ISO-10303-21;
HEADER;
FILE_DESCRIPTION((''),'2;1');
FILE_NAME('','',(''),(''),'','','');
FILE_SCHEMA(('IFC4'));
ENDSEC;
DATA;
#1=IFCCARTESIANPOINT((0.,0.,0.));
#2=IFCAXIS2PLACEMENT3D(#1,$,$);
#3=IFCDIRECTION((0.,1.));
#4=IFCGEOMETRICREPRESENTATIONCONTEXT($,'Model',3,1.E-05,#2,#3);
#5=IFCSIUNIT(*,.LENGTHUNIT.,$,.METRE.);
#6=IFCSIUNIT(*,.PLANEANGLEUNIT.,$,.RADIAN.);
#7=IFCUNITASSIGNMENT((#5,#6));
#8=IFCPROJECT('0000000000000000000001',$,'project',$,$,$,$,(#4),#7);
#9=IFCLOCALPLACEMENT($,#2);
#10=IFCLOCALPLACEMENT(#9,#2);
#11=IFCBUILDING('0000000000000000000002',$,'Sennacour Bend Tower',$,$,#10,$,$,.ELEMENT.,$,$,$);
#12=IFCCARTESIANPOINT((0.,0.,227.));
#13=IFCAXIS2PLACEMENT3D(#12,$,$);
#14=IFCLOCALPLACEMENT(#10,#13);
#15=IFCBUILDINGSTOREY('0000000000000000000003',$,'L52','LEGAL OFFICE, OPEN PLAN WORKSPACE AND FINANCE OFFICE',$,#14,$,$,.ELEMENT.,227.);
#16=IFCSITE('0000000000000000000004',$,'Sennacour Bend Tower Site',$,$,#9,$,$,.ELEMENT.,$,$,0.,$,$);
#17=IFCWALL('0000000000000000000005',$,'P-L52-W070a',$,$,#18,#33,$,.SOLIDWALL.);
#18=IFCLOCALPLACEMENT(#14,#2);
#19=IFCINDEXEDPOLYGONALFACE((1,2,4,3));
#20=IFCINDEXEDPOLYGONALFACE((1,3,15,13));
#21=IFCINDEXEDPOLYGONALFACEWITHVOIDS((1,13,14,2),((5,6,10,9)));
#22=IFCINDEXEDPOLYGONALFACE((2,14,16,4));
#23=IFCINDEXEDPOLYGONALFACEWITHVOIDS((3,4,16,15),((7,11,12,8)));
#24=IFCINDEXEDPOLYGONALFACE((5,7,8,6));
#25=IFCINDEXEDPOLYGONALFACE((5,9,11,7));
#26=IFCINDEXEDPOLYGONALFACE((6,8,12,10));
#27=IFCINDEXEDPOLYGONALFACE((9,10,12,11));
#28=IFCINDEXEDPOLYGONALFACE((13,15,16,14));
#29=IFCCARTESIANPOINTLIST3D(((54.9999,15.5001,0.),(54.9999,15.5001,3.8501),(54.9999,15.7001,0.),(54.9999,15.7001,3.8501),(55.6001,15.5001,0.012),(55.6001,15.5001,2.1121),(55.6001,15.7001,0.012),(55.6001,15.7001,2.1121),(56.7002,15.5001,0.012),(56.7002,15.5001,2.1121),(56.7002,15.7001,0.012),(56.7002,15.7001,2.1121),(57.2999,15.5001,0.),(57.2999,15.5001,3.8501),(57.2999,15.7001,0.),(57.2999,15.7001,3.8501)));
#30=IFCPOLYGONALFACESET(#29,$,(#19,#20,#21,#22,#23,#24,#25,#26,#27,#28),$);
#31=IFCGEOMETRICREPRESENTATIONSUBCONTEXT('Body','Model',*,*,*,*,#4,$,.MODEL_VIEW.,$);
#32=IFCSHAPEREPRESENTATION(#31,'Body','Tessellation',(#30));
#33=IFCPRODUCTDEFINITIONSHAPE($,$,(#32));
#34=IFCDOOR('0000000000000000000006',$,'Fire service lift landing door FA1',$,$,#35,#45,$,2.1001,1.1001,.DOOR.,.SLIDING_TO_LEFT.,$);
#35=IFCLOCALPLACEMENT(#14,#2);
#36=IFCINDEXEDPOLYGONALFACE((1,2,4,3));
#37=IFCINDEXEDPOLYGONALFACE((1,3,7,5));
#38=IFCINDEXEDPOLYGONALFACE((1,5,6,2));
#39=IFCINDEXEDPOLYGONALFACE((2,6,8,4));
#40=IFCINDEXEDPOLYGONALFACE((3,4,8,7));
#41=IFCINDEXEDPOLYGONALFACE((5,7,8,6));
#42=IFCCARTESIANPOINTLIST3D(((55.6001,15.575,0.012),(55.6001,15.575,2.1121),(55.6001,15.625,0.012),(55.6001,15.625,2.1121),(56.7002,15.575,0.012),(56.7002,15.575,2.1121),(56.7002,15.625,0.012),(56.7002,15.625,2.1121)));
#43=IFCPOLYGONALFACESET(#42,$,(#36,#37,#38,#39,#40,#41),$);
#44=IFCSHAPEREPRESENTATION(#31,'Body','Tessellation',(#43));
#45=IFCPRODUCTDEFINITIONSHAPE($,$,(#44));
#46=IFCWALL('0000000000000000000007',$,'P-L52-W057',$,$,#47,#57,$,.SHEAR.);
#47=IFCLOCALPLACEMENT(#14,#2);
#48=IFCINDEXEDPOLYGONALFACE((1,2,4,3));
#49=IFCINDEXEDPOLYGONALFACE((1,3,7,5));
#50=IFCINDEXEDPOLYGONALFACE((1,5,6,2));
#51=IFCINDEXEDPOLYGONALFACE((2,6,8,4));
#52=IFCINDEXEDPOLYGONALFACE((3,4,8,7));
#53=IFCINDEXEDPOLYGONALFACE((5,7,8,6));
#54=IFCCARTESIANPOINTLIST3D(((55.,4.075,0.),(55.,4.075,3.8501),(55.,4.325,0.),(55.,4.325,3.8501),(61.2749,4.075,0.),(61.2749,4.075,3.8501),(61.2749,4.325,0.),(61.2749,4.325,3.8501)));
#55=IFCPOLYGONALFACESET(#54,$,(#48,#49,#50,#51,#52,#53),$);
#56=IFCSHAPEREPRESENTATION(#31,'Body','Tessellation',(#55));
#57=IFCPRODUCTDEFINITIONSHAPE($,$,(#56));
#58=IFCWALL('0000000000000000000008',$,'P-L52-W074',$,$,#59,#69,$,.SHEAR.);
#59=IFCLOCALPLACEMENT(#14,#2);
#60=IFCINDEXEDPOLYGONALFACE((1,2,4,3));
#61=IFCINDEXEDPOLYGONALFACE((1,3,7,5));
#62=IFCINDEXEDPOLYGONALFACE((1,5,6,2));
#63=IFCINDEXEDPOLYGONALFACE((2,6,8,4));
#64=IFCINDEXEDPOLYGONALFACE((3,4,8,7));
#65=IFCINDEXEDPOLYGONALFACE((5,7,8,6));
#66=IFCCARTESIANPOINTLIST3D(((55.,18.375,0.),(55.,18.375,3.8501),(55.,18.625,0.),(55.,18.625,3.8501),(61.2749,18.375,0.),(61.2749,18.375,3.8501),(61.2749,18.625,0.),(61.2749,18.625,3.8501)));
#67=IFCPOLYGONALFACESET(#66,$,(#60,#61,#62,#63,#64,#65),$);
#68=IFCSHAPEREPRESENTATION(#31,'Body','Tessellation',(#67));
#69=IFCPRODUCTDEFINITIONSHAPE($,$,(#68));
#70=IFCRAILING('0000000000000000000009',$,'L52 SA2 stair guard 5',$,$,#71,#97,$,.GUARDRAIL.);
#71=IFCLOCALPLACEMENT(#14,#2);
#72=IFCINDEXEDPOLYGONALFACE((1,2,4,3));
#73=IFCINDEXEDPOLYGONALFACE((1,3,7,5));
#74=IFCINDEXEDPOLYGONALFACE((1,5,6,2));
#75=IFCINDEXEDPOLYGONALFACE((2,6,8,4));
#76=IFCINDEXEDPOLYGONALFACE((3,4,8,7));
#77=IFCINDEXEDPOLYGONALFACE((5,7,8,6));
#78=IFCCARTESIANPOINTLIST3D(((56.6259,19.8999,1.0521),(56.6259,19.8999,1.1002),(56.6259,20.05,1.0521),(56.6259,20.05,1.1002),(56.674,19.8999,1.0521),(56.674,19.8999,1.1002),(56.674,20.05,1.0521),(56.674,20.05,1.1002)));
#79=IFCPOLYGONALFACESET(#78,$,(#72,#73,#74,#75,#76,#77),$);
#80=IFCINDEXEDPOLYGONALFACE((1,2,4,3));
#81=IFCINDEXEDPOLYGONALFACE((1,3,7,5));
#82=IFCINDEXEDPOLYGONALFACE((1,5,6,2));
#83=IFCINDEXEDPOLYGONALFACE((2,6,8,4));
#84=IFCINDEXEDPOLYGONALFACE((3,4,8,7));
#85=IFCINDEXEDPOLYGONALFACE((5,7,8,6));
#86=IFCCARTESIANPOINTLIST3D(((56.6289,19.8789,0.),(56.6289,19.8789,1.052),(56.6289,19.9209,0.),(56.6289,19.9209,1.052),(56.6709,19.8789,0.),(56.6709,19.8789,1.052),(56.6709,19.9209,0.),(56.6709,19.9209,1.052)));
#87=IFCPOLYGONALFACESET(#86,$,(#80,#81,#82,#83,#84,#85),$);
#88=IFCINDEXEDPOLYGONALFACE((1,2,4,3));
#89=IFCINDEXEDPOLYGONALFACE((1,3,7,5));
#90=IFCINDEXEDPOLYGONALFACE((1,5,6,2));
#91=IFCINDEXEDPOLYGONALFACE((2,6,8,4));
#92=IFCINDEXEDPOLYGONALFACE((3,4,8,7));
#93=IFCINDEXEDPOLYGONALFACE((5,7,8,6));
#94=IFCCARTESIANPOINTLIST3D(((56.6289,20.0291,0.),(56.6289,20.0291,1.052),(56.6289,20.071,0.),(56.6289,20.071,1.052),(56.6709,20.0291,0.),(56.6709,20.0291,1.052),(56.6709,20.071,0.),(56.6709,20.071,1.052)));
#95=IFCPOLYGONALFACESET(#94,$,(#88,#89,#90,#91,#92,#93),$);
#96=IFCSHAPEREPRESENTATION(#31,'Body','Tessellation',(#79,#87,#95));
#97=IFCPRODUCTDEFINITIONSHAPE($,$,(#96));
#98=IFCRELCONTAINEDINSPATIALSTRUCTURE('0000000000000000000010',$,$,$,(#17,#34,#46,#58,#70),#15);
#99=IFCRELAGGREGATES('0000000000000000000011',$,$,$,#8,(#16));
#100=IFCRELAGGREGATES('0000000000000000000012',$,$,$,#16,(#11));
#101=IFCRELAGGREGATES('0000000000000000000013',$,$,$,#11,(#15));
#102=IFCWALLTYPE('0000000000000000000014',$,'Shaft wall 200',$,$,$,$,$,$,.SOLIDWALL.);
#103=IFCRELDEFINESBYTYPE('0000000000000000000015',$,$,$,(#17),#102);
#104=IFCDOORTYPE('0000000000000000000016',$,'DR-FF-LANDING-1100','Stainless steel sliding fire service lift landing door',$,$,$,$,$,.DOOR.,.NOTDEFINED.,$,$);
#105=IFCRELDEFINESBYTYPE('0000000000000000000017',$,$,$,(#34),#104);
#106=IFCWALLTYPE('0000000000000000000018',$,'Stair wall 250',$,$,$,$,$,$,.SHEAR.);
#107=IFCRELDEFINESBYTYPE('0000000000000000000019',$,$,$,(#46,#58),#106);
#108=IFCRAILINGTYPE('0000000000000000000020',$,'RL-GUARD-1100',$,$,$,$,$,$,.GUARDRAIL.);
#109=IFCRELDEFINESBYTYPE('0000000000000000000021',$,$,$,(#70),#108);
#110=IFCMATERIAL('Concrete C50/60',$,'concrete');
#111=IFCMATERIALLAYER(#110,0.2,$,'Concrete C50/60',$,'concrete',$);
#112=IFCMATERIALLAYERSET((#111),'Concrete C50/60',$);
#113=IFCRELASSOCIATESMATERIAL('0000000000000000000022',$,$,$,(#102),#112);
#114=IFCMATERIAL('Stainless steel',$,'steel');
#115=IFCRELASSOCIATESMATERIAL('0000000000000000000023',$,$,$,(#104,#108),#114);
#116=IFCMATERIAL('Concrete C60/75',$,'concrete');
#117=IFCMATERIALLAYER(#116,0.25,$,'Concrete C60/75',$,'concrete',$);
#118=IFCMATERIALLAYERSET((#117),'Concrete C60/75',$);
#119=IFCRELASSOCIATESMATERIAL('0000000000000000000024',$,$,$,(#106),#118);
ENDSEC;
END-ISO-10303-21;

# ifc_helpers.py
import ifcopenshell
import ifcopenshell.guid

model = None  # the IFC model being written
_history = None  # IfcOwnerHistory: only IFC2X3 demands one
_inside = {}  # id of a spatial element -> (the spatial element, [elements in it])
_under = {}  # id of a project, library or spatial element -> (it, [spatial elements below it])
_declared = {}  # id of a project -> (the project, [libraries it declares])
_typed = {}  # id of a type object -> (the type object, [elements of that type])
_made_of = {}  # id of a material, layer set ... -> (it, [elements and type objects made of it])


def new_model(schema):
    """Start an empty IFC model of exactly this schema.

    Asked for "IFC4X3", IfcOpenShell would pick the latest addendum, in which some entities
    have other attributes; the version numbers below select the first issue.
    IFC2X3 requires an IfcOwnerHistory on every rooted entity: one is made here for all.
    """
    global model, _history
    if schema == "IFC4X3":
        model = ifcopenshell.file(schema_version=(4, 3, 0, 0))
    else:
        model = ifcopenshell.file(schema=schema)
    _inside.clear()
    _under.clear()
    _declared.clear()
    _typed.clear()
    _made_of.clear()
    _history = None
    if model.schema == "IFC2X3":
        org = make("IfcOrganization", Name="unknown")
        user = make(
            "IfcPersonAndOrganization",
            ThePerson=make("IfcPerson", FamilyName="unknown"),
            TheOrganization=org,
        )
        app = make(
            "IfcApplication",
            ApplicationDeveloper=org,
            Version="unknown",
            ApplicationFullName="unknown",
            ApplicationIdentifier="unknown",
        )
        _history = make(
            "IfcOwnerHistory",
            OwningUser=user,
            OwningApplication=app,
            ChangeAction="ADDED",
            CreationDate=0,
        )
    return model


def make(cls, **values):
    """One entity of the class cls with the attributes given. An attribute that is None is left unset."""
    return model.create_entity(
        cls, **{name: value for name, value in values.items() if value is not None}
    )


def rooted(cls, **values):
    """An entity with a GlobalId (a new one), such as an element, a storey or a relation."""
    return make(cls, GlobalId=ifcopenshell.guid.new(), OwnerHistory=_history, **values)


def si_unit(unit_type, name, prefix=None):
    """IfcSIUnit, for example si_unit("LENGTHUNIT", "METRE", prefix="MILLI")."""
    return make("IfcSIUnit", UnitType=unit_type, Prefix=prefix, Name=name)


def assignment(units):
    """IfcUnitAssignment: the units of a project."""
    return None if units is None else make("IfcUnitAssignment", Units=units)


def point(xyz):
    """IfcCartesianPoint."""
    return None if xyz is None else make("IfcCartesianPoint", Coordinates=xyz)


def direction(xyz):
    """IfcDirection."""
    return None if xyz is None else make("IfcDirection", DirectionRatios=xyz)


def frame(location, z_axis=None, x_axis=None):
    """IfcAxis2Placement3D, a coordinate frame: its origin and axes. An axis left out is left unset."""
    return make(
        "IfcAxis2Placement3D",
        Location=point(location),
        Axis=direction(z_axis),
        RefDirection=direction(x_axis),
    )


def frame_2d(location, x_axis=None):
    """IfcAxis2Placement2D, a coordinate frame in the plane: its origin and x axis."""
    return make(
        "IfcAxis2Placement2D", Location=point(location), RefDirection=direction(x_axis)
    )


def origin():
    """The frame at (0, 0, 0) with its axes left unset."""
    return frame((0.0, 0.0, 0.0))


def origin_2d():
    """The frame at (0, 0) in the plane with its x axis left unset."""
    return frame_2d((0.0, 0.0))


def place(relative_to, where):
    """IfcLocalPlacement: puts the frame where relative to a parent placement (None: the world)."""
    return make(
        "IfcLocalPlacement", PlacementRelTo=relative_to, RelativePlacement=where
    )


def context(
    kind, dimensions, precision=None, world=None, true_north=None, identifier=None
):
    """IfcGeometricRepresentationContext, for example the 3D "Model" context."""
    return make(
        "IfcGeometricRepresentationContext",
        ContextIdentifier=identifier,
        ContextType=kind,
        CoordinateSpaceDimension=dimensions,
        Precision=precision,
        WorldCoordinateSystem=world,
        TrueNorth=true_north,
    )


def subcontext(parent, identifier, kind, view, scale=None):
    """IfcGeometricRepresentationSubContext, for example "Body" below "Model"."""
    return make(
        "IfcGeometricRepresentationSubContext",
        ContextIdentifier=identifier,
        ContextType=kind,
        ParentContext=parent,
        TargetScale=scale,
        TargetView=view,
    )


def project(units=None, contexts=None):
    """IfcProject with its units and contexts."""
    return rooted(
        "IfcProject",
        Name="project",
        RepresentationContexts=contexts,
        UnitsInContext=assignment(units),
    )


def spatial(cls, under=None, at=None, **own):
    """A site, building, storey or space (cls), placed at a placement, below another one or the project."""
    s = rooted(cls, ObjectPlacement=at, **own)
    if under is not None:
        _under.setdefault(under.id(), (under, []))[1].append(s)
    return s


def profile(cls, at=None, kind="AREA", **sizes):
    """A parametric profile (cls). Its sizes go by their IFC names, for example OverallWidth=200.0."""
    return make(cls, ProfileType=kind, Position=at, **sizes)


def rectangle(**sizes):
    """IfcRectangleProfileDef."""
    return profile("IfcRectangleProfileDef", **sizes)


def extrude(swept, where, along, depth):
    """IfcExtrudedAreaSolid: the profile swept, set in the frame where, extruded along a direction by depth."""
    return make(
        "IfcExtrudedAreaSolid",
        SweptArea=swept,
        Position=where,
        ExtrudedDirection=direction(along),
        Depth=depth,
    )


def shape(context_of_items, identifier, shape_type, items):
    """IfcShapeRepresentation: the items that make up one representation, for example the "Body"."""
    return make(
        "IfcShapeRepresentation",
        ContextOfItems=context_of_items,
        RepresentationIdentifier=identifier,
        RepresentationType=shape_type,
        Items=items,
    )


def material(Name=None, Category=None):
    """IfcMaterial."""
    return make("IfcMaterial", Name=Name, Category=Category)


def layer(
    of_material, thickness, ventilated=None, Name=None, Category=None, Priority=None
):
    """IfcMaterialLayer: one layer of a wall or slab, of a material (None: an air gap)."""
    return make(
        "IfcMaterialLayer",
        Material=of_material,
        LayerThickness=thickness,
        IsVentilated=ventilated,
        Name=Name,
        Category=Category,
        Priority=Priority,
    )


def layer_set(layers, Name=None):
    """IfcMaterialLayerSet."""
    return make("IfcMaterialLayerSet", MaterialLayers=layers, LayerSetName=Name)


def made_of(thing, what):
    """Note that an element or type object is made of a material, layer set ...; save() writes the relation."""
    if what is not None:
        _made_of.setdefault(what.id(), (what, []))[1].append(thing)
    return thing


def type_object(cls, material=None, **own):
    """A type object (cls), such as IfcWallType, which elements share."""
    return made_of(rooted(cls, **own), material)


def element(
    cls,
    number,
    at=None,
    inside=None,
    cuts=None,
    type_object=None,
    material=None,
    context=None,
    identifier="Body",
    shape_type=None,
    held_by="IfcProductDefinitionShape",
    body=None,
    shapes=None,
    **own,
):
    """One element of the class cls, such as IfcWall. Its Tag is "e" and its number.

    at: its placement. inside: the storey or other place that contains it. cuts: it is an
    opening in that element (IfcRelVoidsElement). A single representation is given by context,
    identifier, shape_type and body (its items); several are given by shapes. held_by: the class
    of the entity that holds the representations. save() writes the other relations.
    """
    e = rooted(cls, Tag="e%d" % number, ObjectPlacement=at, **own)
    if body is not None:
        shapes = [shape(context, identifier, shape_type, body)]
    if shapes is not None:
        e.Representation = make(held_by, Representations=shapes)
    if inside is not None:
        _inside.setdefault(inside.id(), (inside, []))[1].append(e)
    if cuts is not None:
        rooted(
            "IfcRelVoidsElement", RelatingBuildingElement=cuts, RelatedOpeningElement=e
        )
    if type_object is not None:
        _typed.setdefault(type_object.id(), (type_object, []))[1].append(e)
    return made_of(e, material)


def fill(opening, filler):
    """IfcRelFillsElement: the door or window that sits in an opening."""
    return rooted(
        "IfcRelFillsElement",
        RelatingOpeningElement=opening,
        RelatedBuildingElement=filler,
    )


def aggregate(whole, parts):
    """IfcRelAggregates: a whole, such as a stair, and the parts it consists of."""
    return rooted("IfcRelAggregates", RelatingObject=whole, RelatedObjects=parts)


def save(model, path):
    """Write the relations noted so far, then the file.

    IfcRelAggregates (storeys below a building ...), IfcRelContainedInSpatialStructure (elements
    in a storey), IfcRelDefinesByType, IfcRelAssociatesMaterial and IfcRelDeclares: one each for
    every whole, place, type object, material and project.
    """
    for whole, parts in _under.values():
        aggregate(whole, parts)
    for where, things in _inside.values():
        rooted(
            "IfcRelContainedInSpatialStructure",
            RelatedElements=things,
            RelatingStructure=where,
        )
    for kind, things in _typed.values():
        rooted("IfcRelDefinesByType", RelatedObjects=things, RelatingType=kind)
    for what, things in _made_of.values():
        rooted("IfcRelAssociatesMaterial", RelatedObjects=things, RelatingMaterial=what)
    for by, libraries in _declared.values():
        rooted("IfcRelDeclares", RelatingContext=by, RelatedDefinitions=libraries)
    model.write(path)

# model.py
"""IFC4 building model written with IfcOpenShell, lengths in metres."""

from ifc_helpers import new_model, si_unit, direction, frame, frame_2d, origin, origin_2d, place, context, subcontext, project, spatial, rectangle, extrude, material, layer, layer_set, type_object, element, fill, save


model = new_model("IFC4")

# Units and contexts
model_context = context("Model", 3, precision=1e-05, world=origin(), true_north=direction((0.0, 1.0)))
body_context = subcontext(model_context, "Body", "Model", "MODEL_VIEW")
ifc_project = project(units=[si_unit("LENGTHUNIT", "METRE"), si_unit("PLANEANGLEUNIT", "RADIAN")], contexts=[model_context])

# Site, building, storey
site_placement = place(None, origin())
site = spatial("IfcSite", under=ifc_project, at=site_placement, Name="Sennacour Bend Tower Site", CompositionType="ELEMENT", RefElevation=0.0)
building_placement = place(site_placement, origin())
building = spatial("IfcBuilding", under=site, at=building_placement, Name="Sennacour Bend Tower", CompositionType="ELEMENT")
storey_placement = place(building_placement, frame((0.0, 0.0, 227.0)))
storey = spatial("IfcBuildingStorey", under=building, at=storey_placement, Name="L52", Description="LEGAL OFFICE, OPEN PLAN WORKSPACE AND FINANCE OFFICE", CompositionType="ELEMENT", Elevation=227.0)

# Shared definitions
ifc_material_1 = material(Name="Concrete C60/75", Category="concrete")

# Shared definitions
ifc_material_2 = material(Name="Concrete C50/60", Category="concrete")
ifc_layer_1 = layer(ifc_material_2, 0.2, Name="Concrete C50/60", Category="concrete")
ifc_layer_set_1 = layer_set([ifc_layer_1], Name="Concrete C50/60")
wall_type_1 = type_object("IfcWallType", Name="Shaft wall 200", PredefinedType="SOLIDWALL", material=ifc_layer_set_1)
ifc_material_3 = material(Name="Stainless steel", Category="steel")

# Wall, opening, door
wall_1_placement = place(storey_placement, frame((55.0, 15.6001, 0.0), z_axis=(0.0, 0.0, 1.0), x_axis=(1.0, 0.0, 0.0)))
wall_1 = element("IfcWall", 1, at=wall_1_placement, inside=storey, type_object=wall_type_1, Name="P-L52-W070a", PredefinedType="SOLIDWALL", context=body_context, shape_type="SweptSolid", body=[
    extrude(rectangle(XDim=2.3, YDim=0.2, at=frame_2d((1.1499, 0.0))), origin(), (0.0, 0.0, 1.0), 3.8501),
])
opening_1_placement = place(wall_1_placement, frame((0.6001, 0.0, 0.012)))
opening_1 = element("IfcOpeningElement", 2, at=opening_1_placement, cuts=wall_1, PredefinedType="OPENING", context=body_context, shape_type="SweptSolid", body=[
    extrude(rectangle(XDim=1.1001, YDim=2.1001, at=frame_2d((0.55, 1.05))), frame((0.0, 0.1099, 0.0), z_axis=(0.0, -1.0, 0.0), x_axis=(1.0, 0.0, 0.0)), (0.0, 0.0, 1.0), 0.22),
])
door_type_1 = type_object("IfcDoorType", Name="DR-FF-LANDING-1100", Description="Stainless steel sliding fire service lift landing door", OperationType="NOTDEFINED", PredefinedType="DOOR", material=ifc_material_3)
door_1_placement = place(opening_1_placement, origin())
door_1 = element("IfcDoor", 3, at=door_1_placement, inside=storey, type_object=door_type_1, Name="Fire service lift landing door FA1", OperationType="SLIDING_TO_LEFT", OverallHeight=2.1001, OverallWidth=1.1001, PredefinedType="DOOR", context=body_context, shape_type="SweptSolid", body=[
    extrude(rectangle(XDim=1.1001, YDim=2.1001, at=frame_2d((0.55, 1.05))), frame((0.0, 0.0249, 0.0), z_axis=(0.0, -1.0, 0.0), x_axis=(1.0, 0.0, 0.0)), (0.0, 0.0, 1.0), 0.05),
])
fill(opening_1, door_1)

# Walls
ifc_layer_2 = layer(ifc_material_1, 0.25, Name="Concrete C60/75", Category="concrete")
ifc_layer_set_2 = layer_set([ifc_layer_2], Name="Concrete C60/75")
wall_type_2 = type_object("IfcWallType", Name="Stair wall 250", PredefinedType="SHEAR", material=ifc_layer_set_2)
for number, where, z_axis, x_axis, name in (
    (4, (55.0, 4.2, 0.0), (0.0, 0.0, 1.0), (1.0, 0.0, 0.0), "P-L52-W057"),
    (5, (55.0, 18.5, 0.0), (0.0, 0.0, 1.0), (1.0, 0.0, 0.0), "P-L52-W074"),
):
    element("IfcWall", number, at=place(storey_placement, frame(where, z_axis=z_axis, x_axis=x_axis)), inside=storey, type_object=wall_type_2, Name=name, PredefinedType="SHEAR", context=body_context, shape_type="SweptSolid", body=[
        extrude(rectangle(XDim=6.2749, YDim=0.25, at=frame_2d((3.1375, 0.0))), origin(), (0.0, 0.0, 1.0), 3.8501),
    ])

# Railing
railing_type = type_object("IfcRailingType", Name="RL-GUARD-1100", PredefinedType="GUARDRAIL", material=ifc_material_3)
railing_placement = place(storey_placement, frame((56.6499, 19.8999, 0.0)))
element("IfcRailing", 6, at=railing_placement, inside=storey, type_object=railing_type, Name="L52 SA2 stair guard 5", PredefinedType="GUARDRAIL", context=body_context, shape_type="SweptSolid", body=[
    extrude(rectangle(XDim=0.0481, YDim=0.0481, at=origin_2d()), frame((0.0, 0.0, 1.0762), z_axis=(0.0, 1.0, 0.0), x_axis=(-1.0, 0.0, 0.0)), (0.0, 0.0, 1.0), 0.1501),
    extrude(rectangle(XDim=0.042, YDim=0.042, at=origin_2d()), origin(), (0.0, 0.0, 1.0), 1.052),
    extrude(rectangle(XDim=0.042, YDim=0.042, at=origin_2d()), frame((0.0, 0.1501, 0.0)), (0.0, 0.0, 1.0), 1.052),
])

save(model, "model.ifc")
